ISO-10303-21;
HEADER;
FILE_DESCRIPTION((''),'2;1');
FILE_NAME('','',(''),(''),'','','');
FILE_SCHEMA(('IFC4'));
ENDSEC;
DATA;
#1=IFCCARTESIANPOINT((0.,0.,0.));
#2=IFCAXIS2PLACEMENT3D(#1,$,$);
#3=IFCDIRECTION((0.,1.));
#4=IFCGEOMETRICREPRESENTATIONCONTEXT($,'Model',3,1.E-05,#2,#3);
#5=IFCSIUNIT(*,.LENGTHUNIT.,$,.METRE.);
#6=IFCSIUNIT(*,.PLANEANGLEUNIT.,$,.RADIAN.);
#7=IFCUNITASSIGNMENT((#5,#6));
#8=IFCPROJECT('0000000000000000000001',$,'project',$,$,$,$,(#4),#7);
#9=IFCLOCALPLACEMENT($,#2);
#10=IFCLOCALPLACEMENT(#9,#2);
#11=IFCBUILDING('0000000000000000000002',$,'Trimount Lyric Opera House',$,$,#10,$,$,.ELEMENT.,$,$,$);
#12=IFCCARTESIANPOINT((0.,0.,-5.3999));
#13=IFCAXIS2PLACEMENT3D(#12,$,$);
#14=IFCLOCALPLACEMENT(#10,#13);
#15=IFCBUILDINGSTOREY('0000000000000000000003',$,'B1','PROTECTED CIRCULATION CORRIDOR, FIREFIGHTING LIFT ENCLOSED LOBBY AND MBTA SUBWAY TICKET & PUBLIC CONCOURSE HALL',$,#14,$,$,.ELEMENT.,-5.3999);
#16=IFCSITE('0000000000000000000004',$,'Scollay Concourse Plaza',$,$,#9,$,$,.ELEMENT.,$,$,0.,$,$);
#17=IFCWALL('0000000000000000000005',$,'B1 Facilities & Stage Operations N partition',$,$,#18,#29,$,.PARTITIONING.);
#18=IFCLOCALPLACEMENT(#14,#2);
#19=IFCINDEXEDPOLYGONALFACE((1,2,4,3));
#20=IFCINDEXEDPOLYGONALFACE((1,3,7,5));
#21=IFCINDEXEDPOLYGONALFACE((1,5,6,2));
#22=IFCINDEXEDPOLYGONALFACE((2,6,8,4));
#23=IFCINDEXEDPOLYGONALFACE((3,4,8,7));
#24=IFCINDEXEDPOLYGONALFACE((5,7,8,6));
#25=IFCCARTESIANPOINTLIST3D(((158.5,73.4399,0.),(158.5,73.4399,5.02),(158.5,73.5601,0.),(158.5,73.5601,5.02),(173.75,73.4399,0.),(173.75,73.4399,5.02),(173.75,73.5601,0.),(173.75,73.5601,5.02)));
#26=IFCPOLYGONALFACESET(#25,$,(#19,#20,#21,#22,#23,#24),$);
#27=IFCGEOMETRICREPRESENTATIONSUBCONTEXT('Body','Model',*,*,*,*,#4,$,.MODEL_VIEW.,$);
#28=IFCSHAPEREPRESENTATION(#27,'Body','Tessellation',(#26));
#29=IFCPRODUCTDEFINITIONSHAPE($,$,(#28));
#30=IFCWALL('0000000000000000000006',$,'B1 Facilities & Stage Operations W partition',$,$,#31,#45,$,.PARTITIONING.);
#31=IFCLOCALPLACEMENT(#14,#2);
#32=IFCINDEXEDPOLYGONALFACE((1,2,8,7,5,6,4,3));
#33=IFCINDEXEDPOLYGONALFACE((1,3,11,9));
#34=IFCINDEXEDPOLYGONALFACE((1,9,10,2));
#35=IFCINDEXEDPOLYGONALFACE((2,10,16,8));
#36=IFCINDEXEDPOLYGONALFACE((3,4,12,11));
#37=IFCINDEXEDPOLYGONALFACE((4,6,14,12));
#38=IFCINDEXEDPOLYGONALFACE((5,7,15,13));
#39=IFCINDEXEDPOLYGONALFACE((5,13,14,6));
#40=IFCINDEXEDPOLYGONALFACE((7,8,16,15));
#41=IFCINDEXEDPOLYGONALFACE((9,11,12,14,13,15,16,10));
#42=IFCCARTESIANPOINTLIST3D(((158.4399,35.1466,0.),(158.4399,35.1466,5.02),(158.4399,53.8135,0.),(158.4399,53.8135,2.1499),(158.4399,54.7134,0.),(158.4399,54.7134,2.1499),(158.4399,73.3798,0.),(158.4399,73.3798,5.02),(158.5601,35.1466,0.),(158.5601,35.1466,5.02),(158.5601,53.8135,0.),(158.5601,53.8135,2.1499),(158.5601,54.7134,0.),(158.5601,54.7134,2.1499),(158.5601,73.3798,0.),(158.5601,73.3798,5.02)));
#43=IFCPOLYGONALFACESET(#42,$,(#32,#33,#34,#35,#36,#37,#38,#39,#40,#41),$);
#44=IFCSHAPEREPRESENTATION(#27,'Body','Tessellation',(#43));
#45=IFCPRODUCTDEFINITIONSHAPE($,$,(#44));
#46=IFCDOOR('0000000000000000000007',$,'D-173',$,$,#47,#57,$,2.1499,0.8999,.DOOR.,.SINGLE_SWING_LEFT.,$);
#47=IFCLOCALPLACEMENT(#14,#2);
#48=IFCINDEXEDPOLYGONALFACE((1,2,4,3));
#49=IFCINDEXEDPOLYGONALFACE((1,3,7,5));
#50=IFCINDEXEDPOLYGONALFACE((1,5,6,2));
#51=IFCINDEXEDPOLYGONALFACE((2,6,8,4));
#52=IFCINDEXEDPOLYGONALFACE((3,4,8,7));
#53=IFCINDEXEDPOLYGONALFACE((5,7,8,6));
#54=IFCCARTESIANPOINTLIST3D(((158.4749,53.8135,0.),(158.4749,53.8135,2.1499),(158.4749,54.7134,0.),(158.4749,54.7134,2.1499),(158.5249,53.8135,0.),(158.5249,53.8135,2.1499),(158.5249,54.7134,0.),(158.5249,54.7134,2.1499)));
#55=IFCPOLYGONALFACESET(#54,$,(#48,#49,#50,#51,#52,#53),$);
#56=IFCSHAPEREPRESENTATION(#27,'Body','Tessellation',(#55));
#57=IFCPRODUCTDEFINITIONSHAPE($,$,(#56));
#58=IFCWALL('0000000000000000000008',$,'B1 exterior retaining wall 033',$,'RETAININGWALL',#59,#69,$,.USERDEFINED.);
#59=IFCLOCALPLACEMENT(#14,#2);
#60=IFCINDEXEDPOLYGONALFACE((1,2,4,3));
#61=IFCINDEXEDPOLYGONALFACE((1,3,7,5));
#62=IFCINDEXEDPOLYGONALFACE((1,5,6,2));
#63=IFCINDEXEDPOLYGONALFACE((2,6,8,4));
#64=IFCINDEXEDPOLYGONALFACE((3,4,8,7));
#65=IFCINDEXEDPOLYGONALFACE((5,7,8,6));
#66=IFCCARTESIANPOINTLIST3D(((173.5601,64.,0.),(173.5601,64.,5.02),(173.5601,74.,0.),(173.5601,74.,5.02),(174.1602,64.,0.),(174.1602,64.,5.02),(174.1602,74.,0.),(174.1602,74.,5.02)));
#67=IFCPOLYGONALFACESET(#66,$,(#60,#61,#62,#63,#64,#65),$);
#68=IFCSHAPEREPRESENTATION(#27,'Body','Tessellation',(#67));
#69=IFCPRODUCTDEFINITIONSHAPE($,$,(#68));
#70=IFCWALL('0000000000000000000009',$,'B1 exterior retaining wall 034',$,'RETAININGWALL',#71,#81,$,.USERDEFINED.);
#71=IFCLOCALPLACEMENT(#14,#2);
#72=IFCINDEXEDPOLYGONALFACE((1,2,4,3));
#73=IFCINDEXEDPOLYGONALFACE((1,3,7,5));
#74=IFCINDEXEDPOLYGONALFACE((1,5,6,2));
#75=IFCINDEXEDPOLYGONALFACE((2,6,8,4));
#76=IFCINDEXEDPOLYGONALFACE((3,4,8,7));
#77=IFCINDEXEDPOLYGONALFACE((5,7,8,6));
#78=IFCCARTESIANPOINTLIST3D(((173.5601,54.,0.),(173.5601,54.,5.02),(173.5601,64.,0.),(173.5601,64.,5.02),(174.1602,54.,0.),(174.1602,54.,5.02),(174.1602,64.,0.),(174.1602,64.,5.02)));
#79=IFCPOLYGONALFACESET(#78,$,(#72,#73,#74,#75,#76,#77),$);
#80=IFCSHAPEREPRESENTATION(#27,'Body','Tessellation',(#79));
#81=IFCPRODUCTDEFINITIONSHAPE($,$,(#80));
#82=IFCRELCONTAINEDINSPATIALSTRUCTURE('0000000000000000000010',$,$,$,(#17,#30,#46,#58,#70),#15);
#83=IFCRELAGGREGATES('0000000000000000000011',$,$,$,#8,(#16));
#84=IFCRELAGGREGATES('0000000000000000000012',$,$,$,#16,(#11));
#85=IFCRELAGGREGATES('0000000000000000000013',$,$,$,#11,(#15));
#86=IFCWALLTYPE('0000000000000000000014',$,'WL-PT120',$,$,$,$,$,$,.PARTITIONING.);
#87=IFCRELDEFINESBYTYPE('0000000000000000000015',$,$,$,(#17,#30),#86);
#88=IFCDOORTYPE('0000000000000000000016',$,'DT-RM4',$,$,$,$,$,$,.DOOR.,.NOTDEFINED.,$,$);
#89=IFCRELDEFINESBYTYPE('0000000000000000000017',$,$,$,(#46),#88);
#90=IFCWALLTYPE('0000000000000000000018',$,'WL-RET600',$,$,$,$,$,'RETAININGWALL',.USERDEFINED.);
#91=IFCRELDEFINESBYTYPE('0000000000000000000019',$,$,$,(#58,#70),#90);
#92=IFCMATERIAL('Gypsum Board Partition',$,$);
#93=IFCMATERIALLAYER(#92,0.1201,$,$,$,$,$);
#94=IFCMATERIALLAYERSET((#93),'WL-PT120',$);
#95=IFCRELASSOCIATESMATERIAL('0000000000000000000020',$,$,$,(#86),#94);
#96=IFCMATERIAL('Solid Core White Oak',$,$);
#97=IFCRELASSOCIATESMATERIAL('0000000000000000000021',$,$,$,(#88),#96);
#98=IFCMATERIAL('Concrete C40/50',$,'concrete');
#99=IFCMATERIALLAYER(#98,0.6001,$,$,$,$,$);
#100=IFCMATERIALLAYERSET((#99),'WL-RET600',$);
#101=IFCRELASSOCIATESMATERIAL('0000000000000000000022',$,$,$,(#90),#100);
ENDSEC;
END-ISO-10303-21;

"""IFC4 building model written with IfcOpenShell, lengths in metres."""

from ifc_helpers import new_model, si_unit, direction, frame, frame_2d, origin, place, context, subcontext, project, spatial, rectangle, extrude, material, layer, layer_set, type_object, element, fill, save


model = new_model("IFC4")

# Units and contexts
model_context = context("Model", 3, precision=1e-05, world=origin(), true_north=direction((0.0, 1.0)))
body_context = subcontext(model_context, "Body", "Model", "MODEL_VIEW")
ifc_project = project(units=[si_unit("LENGTHUNIT", "METRE"), si_unit("PLANEANGLEUNIT", "RADIAN")], contexts=[model_context])

# Site, building, storey
site_placement = place(None, origin())
site = spatial("IfcSite", under=ifc_project, at=site_placement, Name="Scollay Concourse Plaza", CompositionType="ELEMENT", RefElevation=0.0)
building_placement = place(site_placement, origin())
building = spatial("IfcBuilding", under=site, at=building_placement, Name="Trimount Lyric Opera House", CompositionType="ELEMENT")
storey_placement = place(building_placement, frame((0.0, 0.0, -5.3999)))
storey = spatial("IfcBuildingStorey", under=building, at=storey_placement, Name="B1", Description="PROTECTED CIRCULATION CORRIDOR, FIREFIGHTING LIFT ENCLOSED LOBBY AND MBTA SUBWAY TICKET & PUBLIC CONCOURSE HALL", CompositionType="ELEMENT", Elevation=-5.3999)

# Wall
ifc_material_1 = material(Name="Gypsum Board Partition")
ifc_layer_1 = layer(ifc_material_1, 0.1201)
ifc_layer_set_1 = layer_set([ifc_layer_1], Name="WL-PT120")
wall_type_1 = type_object("IfcWallType", Name="WL-PT120", PredefinedType="PARTITIONING", material=ifc_layer_set_1)
wall_1_placement = place(storey_placement, frame((173.75, 73.5, 0.0), z_axis=(0.0, 0.0, 1.0), x_axis=(-1.0, 0.0, 0.0)))
element("IfcWall", 1, at=wall_1_placement, inside=storey, type_object=wall_type_1, Name="B1 Facilities & Stage Operations N partition", PredefinedType="PARTITIONING", context=body_context, shape_type="SweptSolid", body=[
    extrude(rectangle(XDim=15.25, YDim=0.1201, at=frame_2d((7.625, 0.0))), origin(), (0.0, 0.0, 1.0), 5.02),
])

# Wall, opening, door
wall_2_placement = place(storey_placement, frame((158.5, 73.3799, 0.0), z_axis=(0.0, 0.0, 1.0), x_axis=(0.0, -1.0, 0.0)))
wall_2 = element("IfcWall", 2, at=wall_2_placement, inside=storey, type_object=wall_type_1, Name="B1 Facilities & Stage Operations W partition", PredefinedType="PARTITIONING", context=body_context, shape_type="SweptSolid", body=[
    extrude(rectangle(XDim=38.2332, YDim=0.1201, at=frame_2d((19.1167, 0.0))), origin(), (0.0, 0.0, 1.0), 5.02),
])
opening_placement = place(wall_2_placement, frame((18.6665, 0.0, 0.0)))
opening = element("IfcOpeningElement", 3, at=opening_placement, cuts=wall_2, PredefinedType="OPENING", context=body_context, shape_type="SweptSolid", body=[
    extrude(rectangle(XDim=0.8999, YDim=2.1499, at=frame_2d((0.45, 1.075))), frame((0.0, 0.0701, 0.0), z_axis=(0.0, -1.0, 0.0), x_axis=(1.0, 0.0, 0.0)), (0.0, 0.0, 1.0), 0.1401),
])
ifc_material_2 = material(Name="Solid Core White Oak")
door_type = type_object("IfcDoorType", Name="DT-RM4", OperationType="NOTDEFINED", PredefinedType="DOOR", material=ifc_material_2)
door_placement = place(opening_placement, origin())
door = element("IfcDoor", 4, at=door_placement, inside=storey, type_object=door_type, Name="D-173", OperationType="SINGLE_SWING_LEFT", OverallHeight=2.1499, OverallWidth=0.8999, PredefinedType="DOOR", context=body_context, shape_type="SweptSolid", body=[
    extrude(rectangle(XDim=0.8999, YDim=2.1499, at=frame_2d((0.45, 1.075))), frame((0.0, 0.0249, 0.0), z_axis=(0.0, -1.0, 0.0), x_axis=(1.0, 0.0, 0.0)), (0.0, 0.0, 1.0), 0.05),
])
fill(opening, door)

# Walls
ifc_material_3 = material(Name="Concrete C40/50", Category="concrete")
ifc_layer_2 = layer(ifc_material_3, 0.6001)
ifc_layer_set_2 = layer_set([ifc_layer_2], Name="WL-RET600")
wall_type_2 = type_object("IfcWallType", Name="WL-RET600", ElementType="RETAININGWALL", PredefinedType="USERDEFINED", material=ifc_layer_set_2)
for number, where, z_axis, x_axis, name in (
    (5, (173.8601, 74.0, 0.0), (0.0, 0.0, 1.0), (0.0, -1.0, 0.0), "B1 exterior retaining wall 033"),
    (6, (173.8601, 64.0, 0.0), (0.0, 0.0, 1.0), (0.0, -1.0, 0.0), "B1 exterior retaining wall 034"),
):
    element("IfcWall", number, at=place(storey_placement, frame(where, z_axis=z_axis, x_axis=x_axis)), inside=storey, type_object=wall_type_2, Name=name, ObjectType="RETAININGWALL", PredefinedType="USERDEFINED", context=body_context, shape_type="SweptSolid", body=[
        extrude(rectangle(XDim=10.0, YDim=0.6001, at=frame_2d((5.0, 0.0))), origin(), (0.0, 0.0, 1.0), 5.02),
    ])

save(model, "model.ifc")
